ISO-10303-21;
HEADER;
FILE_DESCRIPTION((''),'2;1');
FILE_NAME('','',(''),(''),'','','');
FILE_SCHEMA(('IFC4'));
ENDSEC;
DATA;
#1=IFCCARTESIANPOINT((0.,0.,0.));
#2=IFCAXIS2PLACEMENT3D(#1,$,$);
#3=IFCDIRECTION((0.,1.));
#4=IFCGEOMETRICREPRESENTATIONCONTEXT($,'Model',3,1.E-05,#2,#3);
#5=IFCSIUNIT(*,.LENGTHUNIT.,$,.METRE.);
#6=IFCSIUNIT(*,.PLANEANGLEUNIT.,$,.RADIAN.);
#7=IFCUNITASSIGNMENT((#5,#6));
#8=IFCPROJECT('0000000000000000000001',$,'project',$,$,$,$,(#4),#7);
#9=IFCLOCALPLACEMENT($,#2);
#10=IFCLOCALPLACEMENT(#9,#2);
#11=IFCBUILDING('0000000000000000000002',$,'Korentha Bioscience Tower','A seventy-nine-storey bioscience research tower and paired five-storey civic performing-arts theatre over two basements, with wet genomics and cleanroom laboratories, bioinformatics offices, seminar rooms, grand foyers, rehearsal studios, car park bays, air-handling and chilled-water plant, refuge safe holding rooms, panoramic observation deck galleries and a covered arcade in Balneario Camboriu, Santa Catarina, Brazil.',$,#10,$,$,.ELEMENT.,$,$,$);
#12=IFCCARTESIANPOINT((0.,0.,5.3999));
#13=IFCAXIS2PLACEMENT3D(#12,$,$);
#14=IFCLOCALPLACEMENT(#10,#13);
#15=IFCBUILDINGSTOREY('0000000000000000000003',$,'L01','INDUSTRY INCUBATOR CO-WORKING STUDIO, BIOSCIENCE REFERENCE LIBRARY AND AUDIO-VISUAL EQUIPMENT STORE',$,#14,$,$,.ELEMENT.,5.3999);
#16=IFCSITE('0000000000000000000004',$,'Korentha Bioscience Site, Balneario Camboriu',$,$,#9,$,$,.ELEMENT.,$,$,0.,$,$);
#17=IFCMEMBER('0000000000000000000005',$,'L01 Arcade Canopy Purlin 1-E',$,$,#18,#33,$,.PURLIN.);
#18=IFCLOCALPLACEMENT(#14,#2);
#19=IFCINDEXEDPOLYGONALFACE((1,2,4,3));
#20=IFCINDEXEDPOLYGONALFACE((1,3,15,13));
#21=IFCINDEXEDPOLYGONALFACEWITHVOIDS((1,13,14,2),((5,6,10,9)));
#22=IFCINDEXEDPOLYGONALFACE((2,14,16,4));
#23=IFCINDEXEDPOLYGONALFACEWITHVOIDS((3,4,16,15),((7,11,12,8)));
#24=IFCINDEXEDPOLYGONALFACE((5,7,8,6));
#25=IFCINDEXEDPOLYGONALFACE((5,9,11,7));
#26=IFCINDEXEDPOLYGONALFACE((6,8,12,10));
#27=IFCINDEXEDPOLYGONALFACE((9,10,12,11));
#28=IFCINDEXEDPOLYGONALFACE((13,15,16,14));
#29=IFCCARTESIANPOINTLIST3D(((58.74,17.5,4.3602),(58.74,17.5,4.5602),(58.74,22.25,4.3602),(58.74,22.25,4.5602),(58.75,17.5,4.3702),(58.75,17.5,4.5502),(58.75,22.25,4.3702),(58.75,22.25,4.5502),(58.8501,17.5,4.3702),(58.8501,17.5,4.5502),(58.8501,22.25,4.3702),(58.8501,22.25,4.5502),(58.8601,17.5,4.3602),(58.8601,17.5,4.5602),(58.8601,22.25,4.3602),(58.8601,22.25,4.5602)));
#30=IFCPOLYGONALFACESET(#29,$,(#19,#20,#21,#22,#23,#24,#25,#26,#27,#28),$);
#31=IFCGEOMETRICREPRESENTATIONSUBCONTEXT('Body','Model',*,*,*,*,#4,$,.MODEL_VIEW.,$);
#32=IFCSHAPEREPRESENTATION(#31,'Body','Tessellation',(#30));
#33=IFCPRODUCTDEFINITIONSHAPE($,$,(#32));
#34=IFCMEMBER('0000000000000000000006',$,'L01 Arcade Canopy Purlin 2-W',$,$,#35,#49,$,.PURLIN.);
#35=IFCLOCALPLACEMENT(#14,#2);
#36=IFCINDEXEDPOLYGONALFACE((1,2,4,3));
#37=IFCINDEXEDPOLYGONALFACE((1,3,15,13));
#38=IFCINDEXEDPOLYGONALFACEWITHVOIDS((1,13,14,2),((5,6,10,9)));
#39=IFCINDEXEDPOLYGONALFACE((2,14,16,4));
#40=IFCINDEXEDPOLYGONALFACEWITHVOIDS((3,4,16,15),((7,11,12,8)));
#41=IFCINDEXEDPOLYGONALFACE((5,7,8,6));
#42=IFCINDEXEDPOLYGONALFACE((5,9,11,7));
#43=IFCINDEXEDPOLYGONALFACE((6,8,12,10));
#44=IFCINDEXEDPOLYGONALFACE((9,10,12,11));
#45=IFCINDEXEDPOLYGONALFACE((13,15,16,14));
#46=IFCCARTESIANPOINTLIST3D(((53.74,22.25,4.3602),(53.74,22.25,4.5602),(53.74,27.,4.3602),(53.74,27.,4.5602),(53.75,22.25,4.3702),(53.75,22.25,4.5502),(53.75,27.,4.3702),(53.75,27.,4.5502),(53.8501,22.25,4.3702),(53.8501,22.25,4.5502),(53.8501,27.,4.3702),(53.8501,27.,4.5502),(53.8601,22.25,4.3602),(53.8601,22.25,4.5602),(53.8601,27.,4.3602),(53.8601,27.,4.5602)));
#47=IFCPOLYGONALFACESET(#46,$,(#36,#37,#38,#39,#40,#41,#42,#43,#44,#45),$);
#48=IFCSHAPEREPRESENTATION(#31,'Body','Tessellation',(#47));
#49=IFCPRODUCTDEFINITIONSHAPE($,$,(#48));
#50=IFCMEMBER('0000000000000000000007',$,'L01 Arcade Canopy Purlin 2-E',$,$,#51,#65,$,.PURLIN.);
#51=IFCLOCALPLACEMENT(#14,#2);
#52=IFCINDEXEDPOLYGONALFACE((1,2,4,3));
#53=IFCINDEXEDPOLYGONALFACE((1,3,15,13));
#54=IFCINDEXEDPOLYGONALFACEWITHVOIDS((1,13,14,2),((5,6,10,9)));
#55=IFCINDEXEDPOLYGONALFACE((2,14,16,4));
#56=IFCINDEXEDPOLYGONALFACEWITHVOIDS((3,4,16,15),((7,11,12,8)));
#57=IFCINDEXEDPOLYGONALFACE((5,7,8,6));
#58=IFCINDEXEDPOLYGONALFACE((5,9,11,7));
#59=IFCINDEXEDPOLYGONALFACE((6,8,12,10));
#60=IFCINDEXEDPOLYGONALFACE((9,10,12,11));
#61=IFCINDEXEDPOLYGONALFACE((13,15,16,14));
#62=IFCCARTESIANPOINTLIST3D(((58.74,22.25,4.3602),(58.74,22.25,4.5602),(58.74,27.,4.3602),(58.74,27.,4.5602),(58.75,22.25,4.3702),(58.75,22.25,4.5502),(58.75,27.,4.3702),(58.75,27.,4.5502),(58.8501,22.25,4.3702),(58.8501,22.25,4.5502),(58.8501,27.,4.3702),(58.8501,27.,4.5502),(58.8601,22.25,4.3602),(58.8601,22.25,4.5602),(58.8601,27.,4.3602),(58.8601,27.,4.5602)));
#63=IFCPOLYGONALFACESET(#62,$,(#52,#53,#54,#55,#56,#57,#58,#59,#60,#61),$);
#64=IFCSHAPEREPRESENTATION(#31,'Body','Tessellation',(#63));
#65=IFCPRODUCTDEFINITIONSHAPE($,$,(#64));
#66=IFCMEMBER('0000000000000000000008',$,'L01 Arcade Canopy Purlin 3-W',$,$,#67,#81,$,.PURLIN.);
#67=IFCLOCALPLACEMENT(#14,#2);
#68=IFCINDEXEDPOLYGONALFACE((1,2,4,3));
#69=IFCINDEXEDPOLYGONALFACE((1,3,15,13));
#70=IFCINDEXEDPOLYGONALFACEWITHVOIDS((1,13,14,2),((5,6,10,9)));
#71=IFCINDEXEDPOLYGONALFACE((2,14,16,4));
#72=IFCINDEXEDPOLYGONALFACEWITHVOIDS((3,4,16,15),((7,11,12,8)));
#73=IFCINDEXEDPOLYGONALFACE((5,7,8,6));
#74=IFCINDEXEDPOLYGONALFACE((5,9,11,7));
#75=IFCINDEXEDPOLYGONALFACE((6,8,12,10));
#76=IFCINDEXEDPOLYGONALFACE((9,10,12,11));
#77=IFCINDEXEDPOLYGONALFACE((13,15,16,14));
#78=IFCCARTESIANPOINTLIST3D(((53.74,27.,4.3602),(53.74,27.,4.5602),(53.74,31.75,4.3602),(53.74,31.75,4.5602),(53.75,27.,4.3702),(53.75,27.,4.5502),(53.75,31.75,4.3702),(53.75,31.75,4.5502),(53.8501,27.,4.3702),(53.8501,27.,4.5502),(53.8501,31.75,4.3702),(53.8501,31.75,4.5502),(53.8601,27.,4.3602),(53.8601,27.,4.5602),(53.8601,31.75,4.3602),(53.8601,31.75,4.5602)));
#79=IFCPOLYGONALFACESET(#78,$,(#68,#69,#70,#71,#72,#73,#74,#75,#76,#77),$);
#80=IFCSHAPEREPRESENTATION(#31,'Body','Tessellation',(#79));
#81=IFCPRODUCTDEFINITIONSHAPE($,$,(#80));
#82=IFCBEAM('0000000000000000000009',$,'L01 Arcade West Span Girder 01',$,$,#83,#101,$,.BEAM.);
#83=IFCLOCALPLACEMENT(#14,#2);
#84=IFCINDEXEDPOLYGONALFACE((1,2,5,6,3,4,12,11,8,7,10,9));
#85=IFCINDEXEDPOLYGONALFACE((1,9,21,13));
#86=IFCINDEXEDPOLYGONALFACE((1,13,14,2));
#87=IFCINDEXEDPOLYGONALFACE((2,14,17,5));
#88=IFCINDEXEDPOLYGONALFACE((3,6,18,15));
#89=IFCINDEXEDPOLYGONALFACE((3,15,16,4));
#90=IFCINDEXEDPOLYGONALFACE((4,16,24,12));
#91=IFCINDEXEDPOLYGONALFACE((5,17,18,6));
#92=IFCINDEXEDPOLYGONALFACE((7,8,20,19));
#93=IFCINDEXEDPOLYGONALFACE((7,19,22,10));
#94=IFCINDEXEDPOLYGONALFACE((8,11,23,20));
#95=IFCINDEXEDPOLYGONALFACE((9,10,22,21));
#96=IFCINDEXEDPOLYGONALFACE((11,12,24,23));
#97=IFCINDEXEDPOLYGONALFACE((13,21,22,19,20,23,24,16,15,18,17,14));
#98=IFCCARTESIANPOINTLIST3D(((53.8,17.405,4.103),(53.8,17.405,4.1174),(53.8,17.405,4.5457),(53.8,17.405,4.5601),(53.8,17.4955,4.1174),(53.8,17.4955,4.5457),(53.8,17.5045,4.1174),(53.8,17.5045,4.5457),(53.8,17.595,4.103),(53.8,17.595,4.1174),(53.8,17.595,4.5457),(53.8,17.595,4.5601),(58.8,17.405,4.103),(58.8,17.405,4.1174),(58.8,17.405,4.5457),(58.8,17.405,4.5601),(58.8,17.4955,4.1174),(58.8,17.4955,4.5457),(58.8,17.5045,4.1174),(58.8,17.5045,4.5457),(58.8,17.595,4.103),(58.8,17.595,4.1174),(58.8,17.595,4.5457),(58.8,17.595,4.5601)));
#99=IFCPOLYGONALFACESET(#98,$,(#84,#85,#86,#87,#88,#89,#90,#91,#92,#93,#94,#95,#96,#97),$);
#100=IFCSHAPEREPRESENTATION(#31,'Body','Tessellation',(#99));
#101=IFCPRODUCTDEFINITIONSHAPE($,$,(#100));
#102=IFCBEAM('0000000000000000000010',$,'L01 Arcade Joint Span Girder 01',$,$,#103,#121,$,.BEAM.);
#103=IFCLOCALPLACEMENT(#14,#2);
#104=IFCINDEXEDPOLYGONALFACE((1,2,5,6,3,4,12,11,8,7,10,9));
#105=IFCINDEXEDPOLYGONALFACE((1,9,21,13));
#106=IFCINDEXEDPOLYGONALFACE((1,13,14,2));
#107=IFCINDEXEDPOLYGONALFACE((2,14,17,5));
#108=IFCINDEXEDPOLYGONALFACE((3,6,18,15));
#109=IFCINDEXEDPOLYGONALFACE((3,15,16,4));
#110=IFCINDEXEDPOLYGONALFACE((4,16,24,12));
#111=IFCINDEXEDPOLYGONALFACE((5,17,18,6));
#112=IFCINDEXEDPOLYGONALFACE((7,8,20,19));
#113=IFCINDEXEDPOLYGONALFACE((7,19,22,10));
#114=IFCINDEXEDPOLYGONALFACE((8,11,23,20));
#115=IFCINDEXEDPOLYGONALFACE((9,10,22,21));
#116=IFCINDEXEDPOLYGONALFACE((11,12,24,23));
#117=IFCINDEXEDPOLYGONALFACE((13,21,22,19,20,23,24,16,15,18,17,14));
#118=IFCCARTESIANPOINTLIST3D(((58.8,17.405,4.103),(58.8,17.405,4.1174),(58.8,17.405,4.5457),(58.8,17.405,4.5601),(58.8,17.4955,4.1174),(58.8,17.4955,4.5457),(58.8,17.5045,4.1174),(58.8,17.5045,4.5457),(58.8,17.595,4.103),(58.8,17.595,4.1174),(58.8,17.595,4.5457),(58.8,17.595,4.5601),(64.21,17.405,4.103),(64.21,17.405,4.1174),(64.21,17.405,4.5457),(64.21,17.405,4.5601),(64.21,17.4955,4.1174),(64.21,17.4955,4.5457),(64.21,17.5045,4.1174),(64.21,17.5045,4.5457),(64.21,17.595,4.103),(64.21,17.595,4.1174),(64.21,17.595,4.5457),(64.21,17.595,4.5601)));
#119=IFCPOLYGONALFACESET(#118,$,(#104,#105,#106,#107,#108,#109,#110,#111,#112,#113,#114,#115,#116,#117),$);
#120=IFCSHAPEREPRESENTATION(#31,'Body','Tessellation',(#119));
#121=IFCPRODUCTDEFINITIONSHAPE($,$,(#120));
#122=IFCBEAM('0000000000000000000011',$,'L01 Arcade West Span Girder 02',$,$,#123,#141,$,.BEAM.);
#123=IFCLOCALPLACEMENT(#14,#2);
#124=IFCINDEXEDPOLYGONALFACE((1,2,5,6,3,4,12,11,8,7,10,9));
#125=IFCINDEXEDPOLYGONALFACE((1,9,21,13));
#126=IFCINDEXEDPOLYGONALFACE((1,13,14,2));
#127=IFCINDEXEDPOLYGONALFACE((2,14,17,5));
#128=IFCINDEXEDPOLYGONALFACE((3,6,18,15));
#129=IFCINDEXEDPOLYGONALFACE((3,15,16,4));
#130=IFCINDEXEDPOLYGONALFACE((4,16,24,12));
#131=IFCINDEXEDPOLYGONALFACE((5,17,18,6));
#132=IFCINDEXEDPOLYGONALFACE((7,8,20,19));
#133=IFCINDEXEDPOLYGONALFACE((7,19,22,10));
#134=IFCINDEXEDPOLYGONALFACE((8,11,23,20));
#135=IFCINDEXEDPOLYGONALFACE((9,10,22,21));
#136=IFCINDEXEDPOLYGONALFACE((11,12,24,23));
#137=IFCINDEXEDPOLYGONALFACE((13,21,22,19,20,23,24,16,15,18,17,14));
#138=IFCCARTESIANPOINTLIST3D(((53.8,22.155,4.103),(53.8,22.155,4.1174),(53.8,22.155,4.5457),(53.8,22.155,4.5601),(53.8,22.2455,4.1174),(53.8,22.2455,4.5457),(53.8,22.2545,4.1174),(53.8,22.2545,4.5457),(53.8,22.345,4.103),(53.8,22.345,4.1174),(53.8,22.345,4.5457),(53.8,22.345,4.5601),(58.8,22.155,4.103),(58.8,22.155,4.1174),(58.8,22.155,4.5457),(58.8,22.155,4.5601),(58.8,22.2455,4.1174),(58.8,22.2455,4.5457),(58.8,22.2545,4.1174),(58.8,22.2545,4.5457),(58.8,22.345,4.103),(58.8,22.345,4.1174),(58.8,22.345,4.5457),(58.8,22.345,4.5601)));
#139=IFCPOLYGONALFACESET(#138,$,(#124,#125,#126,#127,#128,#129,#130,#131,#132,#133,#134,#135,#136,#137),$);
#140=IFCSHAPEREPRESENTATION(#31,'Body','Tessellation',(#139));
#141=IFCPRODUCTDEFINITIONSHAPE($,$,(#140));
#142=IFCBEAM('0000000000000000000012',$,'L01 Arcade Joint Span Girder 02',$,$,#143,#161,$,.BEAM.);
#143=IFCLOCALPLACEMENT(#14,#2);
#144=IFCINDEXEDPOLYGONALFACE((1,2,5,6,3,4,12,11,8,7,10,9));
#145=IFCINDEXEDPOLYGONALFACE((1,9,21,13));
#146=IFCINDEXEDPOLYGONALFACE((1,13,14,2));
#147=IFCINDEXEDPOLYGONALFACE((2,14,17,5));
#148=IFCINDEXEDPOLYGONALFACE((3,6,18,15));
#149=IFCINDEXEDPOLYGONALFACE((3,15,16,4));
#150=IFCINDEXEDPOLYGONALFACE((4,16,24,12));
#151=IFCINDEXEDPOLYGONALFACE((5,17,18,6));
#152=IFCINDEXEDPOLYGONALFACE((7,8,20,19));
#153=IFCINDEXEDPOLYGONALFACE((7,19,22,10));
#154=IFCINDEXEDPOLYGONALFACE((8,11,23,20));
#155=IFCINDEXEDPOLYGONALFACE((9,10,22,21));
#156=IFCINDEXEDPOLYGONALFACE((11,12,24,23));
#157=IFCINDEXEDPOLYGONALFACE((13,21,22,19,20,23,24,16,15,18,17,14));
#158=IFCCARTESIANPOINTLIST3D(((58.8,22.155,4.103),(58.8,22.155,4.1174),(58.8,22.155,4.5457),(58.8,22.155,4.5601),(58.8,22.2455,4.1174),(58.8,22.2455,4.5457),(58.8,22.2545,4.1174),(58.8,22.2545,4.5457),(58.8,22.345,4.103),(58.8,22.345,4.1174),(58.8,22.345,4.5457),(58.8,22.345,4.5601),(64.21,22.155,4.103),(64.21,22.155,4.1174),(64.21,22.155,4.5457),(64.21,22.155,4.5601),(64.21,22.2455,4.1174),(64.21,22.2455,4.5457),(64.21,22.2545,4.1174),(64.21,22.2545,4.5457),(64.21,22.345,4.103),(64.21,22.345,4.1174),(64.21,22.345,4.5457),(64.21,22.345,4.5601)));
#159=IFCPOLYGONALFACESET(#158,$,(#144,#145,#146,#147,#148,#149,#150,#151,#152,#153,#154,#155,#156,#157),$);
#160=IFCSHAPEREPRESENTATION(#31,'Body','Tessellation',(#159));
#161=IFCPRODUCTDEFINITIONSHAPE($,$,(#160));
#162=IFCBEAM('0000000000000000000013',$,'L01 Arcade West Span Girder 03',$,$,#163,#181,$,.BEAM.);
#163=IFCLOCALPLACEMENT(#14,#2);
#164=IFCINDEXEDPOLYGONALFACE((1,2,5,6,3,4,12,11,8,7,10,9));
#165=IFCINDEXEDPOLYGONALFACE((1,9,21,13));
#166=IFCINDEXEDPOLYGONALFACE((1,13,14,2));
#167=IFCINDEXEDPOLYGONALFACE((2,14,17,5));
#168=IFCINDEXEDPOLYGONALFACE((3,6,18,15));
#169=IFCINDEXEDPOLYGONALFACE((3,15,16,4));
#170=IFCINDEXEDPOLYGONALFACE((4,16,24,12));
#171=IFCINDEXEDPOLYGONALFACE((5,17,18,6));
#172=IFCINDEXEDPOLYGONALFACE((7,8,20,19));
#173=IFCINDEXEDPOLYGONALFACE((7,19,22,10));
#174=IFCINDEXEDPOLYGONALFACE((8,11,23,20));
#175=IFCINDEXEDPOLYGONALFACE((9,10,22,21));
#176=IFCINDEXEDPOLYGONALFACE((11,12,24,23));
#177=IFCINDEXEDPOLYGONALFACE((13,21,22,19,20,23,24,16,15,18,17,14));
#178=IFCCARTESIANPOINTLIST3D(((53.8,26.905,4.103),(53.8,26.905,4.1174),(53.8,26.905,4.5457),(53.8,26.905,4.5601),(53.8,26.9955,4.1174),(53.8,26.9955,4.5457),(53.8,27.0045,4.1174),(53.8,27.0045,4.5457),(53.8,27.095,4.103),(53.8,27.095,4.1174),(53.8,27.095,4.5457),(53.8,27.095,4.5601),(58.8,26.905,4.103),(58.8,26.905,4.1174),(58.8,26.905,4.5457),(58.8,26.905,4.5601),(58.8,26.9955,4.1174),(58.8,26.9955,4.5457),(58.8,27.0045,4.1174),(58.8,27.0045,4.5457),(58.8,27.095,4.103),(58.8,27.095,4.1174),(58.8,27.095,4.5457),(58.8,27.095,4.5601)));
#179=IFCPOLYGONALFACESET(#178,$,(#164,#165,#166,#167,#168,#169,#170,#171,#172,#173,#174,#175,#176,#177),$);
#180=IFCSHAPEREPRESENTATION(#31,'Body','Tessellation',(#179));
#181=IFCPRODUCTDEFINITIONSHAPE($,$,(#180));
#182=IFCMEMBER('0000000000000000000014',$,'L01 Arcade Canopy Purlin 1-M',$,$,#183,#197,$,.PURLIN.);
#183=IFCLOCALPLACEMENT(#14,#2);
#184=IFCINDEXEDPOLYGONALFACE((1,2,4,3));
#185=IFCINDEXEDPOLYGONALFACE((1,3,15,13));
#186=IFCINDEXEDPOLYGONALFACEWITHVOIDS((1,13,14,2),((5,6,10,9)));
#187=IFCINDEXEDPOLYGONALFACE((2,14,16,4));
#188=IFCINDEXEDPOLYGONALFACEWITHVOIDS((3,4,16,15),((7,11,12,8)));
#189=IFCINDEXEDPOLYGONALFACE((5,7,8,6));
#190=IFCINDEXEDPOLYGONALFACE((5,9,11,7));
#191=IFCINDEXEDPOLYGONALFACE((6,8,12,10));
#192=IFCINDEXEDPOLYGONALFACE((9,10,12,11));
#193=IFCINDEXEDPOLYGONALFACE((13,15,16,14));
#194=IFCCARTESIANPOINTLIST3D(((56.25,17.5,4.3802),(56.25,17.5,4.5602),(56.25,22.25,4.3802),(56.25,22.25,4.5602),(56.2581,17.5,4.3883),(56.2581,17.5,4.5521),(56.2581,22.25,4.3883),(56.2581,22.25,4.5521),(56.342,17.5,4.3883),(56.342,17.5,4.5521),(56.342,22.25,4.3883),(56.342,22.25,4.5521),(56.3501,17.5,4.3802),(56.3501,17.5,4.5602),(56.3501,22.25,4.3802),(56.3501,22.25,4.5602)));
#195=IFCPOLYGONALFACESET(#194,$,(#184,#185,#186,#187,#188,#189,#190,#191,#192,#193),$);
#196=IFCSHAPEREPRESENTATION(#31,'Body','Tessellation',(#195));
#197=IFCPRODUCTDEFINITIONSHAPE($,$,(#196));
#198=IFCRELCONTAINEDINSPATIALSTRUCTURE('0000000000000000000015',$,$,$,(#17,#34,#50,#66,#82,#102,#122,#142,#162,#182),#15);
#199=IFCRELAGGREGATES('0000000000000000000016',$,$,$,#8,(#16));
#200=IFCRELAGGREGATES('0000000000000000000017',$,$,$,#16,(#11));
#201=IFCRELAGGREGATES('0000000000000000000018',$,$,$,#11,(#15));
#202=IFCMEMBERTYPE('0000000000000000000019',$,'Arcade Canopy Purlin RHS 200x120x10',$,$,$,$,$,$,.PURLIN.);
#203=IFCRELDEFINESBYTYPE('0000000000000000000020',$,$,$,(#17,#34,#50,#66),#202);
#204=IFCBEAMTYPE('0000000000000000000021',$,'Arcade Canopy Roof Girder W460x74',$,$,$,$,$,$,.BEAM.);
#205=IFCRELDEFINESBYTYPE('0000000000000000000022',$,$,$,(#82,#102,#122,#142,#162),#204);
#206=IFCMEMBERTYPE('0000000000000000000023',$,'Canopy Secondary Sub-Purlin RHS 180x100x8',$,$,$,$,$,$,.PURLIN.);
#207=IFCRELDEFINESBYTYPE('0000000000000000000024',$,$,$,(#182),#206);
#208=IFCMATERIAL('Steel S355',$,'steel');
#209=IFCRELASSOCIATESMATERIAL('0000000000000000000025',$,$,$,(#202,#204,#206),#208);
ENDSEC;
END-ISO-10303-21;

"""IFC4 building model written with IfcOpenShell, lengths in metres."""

from ifc_helpers import new_model, si_unit, direction, frame, origin, origin_2d, place, context, subcontext, project, spatial, hollow_rectangle, i_section, extrude, material, material_profile, profile_set, type_object, element, save


model = new_model("IFC4")

# Units and contexts
model_context = context("Model", 3, precision=1e-05, world=origin(), true_north=direction((0.0, 1.0)))
body_context = subcontext(model_context, "Body", "Model", "MODEL_VIEW")
ifc_project = project(units=[si_unit("LENGTHUNIT", "METRE"), si_unit("PLANEANGLEUNIT", "RADIAN")], contexts=[model_context])

# Site, building, storey
site_placement = place(None, origin())
site = spatial("IfcSite", under=ifc_project, at=site_placement, Name="Korentha Bioscience Site, Balneario Camboriu", CompositionType="ELEMENT", RefElevation=0.0)
building_placement = place(site_placement, origin())
building = spatial("IfcBuilding", under=site, at=building_placement, Name="Korentha Bioscience Tower", Description="A seventy-nine-storey bioscience research tower and paired five-storey civic performing-arts theatre over two basements, with wet genomics and cleanroom laboratories, bioinformatics offices, seminar rooms, grand foyers, rehearsal studios, car park bays, air-handling and chilled-water plant, refuge safe holding rooms, panoramic observation deck galleries and a covered arcade in Balneario Camboriu, Santa Catarina, Brazil.", CompositionType="ELEMENT")
storey_placement = place(building_placement, frame((0.0, 0.0, 5.3999)))
storey = spatial("IfcBuildingStorey", under=building, at=storey_placement, Name="L01", Description="INDUSTRY INCUBATOR CO-WORKING STUDIO, BIOSCIENCE REFERENCE LIBRARY AND AUDIO-VISUAL EQUIPMENT STORE", CompositionType="ELEMENT", Elevation=5.3999)

# Shared definitions
ifc_material_1 = material(Name="Steel S355", Category="steel")

# Members
ifc_material_profile_1 = material_profile(ifc_material_1, hollow_rectangle(XDim=0.1201, YDim=0.2, WallThickness=0.01, at=origin_2d()), Name="Steel S355")
ifc_profile_set_1 = profile_set([ifc_material_profile_1], Name="Steel S355 (AC-P200)")
member_type_1 = type_object("IfcMemberType", Name="Arcade Canopy Purlin RHS 200x120x10", PredefinedType="PURLIN", material=ifc_profile_set_1)
for number, where, z_axis, x_axis, name in (
    (1, (58.8, 17.5, 4.4602), (0.0, 1.0, 0.0), (-1.0, 0.0, 0.0), "L01 Arcade Canopy Purlin 1-E"),
    (2, (53.8, 22.25, 4.4602), (0.0, 1.0, 0.0), (-1.0, 0.0, 0.0), "L01 Arcade Canopy Purlin 2-W"),
    (3, (58.8, 22.25, 4.4602), (0.0, 1.0, 0.0), (-1.0, 0.0, 0.0), "L01 Arcade Canopy Purlin 2-E"),
    (4, (53.8, 27.0, 4.4602), (0.0, 1.0, 0.0), (-1.0, 0.0, 0.0), "L01 Arcade Canopy Purlin 3-W"),
):
    element("IfcMember", number, at=place(storey_placement, frame(where, z_axis=z_axis, x_axis=x_axis)), inside=storey, type_object=member_type_1, Name=name, PredefinedType="PURLIN", context=body_context, shape_type="SweptSolid", body=[
        extrude(hollow_rectangle(XDim=0.1201, YDim=0.2, WallThickness=0.01, at=origin_2d()), origin(), (0.0, 0.0, 1.0), 4.75),
    ])

# Beams
ifc_material_profile_2 = material_profile(ifc_material_1, i_section(OverallWidth=0.1899, OverallDepth=0.457, WebThickness=0.009, FlangeThickness=0.0144, at=origin_2d()), Name="Steel S355")
ifc_profile_set_2 = profile_set([ifc_material_profile_2], Name="Steel S355 (AB-460)")
beam_type_1 = type_object("IfcBeamType", Name="Arcade Canopy Roof Girder W460x74", PredefinedType="BEAM", material=ifc_profile_set_2)
beam_1_placement = place(storey_placement, frame((53.8, 17.5, 4.3315), z_axis=(1.0, 0.0, 0.0), x_axis=(0.0, 1.0, 0.0)))
element("IfcBeam", 5, at=beam_1_placement, inside=storey, type_object=beam_type_1, Name="L01 Arcade West Span Girder 01", PredefinedType="BEAM", context=body_context, shape_type="SweptSolid", body=[
    extrude(i_section(OverallWidth=0.1899, OverallDepth=0.457, WebThickness=0.009, FlangeThickness=0.0144, at=origin_2d()), origin(), (0.0, 0.0, 1.0), 5.0),
])
beam_2_placement = place(storey_placement, frame((58.8, 17.5, 4.3315), z_axis=(1.0, 0.0, 0.0), x_axis=(0.0, 1.0, 0.0)))
element("IfcBeam", 6, at=beam_2_placement, inside=storey, type_object=beam_type_1, Name="L01 Arcade Joint Span Girder 01", PredefinedType="BEAM", context=body_context, shape_type="SweptSolid", body=[
    extrude(i_section(OverallWidth=0.1899, OverallDepth=0.457, WebThickness=0.009, FlangeThickness=0.0144, at=origin_2d()), origin(), (0.0, 0.0, 1.0), 5.4099),
])
beam_3_placement = place(storey_placement, frame((53.8, 22.25, 4.3315), z_axis=(1.0, 0.0, 0.0), x_axis=(0.0, 1.0, 0.0)))
element("IfcBeam", 7, at=beam_3_placement, inside=storey, type_object=beam_type_1, Name="L01 Arcade West Span Girder 02", PredefinedType="BEAM", context=body_context, shape_type="SweptSolid", body=[
    extrude(i_section(OverallWidth=0.1899, OverallDepth=0.457, WebThickness=0.009, FlangeThickness=0.0144, at=origin_2d()), origin(), (0.0, 0.0, 1.0), 5.0),
])
beam_4_placement = place(storey_placement, frame((58.8, 22.25, 4.3315), z_axis=(1.0, 0.0, 0.0), x_axis=(0.0, 1.0, 0.0)))
element("IfcBeam", 8, at=beam_4_placement, inside=storey, type_object=beam_type_1, Name="L01 Arcade Joint Span Girder 02", PredefinedType="BEAM", context=body_context, shape_type="SweptSolid", body=[
    extrude(i_section(OverallWidth=0.1899, OverallDepth=0.457, WebThickness=0.009, FlangeThickness=0.0144, at=origin_2d()), origin(), (0.0, 0.0, 1.0), 5.4099),
])
beam_5_placement = place(storey_placement, frame((53.8, 27.0, 4.3315), z_axis=(1.0, 0.0, 0.0), x_axis=(0.0, 1.0, 0.0)))
element("IfcBeam", 9, at=beam_5_placement, inside=storey, type_object=beam_type_1, Name="L01 Arcade West Span Girder 03", PredefinedType="BEAM", context=body_context, shape_type="SweptSolid", body=[
    extrude(i_section(OverallWidth=0.1899, OverallDepth=0.457, WebThickness=0.009, FlangeThickness=0.0144, at=origin_2d()), origin(), (0.0, 0.0, 1.0), 5.0),
])

# Member
ifc_material_profile_3 = material_profile(ifc_material_1, hollow_rectangle(XDim=0.1001, YDim=0.1799, WallThickness=0.0081, at=origin_2d()), Name="Steel S355")
ifc_profile_set_3 = profile_set([ifc_material_profile_3], Name="Steel S355 (AC-P180)")
member_type_2 = type_object("IfcMemberType", Name="Canopy Secondary Sub-Purlin RHS 180x100x8", PredefinedType="PURLIN", material=ifc_profile_set_3)
for number, where, z_axis, x_axis, name in (
    (10, (56.3, 17.5, 4.4702), (0.0, 1.0, 0.0), (-1.0, 0.0, 0.0), "L01 Arcade Canopy Purlin 1-M"),
):
    element("IfcMember", number, at=place(storey_placement, frame(where, z_axis=z_axis, x_axis=x_axis)), inside=storey, type_object=member_type_2, Name=name, PredefinedType="PURLIN", context=body_context, shape_type="SweptSolid", body=[
        extrude(hollow_rectangle(XDim=0.1001, YDim=0.1799, WallThickness=0.0081, at=origin_2d()), origin(), (0.0, 0.0, 1.0), 4.75),
    ])

save(model, "model.ifc")
